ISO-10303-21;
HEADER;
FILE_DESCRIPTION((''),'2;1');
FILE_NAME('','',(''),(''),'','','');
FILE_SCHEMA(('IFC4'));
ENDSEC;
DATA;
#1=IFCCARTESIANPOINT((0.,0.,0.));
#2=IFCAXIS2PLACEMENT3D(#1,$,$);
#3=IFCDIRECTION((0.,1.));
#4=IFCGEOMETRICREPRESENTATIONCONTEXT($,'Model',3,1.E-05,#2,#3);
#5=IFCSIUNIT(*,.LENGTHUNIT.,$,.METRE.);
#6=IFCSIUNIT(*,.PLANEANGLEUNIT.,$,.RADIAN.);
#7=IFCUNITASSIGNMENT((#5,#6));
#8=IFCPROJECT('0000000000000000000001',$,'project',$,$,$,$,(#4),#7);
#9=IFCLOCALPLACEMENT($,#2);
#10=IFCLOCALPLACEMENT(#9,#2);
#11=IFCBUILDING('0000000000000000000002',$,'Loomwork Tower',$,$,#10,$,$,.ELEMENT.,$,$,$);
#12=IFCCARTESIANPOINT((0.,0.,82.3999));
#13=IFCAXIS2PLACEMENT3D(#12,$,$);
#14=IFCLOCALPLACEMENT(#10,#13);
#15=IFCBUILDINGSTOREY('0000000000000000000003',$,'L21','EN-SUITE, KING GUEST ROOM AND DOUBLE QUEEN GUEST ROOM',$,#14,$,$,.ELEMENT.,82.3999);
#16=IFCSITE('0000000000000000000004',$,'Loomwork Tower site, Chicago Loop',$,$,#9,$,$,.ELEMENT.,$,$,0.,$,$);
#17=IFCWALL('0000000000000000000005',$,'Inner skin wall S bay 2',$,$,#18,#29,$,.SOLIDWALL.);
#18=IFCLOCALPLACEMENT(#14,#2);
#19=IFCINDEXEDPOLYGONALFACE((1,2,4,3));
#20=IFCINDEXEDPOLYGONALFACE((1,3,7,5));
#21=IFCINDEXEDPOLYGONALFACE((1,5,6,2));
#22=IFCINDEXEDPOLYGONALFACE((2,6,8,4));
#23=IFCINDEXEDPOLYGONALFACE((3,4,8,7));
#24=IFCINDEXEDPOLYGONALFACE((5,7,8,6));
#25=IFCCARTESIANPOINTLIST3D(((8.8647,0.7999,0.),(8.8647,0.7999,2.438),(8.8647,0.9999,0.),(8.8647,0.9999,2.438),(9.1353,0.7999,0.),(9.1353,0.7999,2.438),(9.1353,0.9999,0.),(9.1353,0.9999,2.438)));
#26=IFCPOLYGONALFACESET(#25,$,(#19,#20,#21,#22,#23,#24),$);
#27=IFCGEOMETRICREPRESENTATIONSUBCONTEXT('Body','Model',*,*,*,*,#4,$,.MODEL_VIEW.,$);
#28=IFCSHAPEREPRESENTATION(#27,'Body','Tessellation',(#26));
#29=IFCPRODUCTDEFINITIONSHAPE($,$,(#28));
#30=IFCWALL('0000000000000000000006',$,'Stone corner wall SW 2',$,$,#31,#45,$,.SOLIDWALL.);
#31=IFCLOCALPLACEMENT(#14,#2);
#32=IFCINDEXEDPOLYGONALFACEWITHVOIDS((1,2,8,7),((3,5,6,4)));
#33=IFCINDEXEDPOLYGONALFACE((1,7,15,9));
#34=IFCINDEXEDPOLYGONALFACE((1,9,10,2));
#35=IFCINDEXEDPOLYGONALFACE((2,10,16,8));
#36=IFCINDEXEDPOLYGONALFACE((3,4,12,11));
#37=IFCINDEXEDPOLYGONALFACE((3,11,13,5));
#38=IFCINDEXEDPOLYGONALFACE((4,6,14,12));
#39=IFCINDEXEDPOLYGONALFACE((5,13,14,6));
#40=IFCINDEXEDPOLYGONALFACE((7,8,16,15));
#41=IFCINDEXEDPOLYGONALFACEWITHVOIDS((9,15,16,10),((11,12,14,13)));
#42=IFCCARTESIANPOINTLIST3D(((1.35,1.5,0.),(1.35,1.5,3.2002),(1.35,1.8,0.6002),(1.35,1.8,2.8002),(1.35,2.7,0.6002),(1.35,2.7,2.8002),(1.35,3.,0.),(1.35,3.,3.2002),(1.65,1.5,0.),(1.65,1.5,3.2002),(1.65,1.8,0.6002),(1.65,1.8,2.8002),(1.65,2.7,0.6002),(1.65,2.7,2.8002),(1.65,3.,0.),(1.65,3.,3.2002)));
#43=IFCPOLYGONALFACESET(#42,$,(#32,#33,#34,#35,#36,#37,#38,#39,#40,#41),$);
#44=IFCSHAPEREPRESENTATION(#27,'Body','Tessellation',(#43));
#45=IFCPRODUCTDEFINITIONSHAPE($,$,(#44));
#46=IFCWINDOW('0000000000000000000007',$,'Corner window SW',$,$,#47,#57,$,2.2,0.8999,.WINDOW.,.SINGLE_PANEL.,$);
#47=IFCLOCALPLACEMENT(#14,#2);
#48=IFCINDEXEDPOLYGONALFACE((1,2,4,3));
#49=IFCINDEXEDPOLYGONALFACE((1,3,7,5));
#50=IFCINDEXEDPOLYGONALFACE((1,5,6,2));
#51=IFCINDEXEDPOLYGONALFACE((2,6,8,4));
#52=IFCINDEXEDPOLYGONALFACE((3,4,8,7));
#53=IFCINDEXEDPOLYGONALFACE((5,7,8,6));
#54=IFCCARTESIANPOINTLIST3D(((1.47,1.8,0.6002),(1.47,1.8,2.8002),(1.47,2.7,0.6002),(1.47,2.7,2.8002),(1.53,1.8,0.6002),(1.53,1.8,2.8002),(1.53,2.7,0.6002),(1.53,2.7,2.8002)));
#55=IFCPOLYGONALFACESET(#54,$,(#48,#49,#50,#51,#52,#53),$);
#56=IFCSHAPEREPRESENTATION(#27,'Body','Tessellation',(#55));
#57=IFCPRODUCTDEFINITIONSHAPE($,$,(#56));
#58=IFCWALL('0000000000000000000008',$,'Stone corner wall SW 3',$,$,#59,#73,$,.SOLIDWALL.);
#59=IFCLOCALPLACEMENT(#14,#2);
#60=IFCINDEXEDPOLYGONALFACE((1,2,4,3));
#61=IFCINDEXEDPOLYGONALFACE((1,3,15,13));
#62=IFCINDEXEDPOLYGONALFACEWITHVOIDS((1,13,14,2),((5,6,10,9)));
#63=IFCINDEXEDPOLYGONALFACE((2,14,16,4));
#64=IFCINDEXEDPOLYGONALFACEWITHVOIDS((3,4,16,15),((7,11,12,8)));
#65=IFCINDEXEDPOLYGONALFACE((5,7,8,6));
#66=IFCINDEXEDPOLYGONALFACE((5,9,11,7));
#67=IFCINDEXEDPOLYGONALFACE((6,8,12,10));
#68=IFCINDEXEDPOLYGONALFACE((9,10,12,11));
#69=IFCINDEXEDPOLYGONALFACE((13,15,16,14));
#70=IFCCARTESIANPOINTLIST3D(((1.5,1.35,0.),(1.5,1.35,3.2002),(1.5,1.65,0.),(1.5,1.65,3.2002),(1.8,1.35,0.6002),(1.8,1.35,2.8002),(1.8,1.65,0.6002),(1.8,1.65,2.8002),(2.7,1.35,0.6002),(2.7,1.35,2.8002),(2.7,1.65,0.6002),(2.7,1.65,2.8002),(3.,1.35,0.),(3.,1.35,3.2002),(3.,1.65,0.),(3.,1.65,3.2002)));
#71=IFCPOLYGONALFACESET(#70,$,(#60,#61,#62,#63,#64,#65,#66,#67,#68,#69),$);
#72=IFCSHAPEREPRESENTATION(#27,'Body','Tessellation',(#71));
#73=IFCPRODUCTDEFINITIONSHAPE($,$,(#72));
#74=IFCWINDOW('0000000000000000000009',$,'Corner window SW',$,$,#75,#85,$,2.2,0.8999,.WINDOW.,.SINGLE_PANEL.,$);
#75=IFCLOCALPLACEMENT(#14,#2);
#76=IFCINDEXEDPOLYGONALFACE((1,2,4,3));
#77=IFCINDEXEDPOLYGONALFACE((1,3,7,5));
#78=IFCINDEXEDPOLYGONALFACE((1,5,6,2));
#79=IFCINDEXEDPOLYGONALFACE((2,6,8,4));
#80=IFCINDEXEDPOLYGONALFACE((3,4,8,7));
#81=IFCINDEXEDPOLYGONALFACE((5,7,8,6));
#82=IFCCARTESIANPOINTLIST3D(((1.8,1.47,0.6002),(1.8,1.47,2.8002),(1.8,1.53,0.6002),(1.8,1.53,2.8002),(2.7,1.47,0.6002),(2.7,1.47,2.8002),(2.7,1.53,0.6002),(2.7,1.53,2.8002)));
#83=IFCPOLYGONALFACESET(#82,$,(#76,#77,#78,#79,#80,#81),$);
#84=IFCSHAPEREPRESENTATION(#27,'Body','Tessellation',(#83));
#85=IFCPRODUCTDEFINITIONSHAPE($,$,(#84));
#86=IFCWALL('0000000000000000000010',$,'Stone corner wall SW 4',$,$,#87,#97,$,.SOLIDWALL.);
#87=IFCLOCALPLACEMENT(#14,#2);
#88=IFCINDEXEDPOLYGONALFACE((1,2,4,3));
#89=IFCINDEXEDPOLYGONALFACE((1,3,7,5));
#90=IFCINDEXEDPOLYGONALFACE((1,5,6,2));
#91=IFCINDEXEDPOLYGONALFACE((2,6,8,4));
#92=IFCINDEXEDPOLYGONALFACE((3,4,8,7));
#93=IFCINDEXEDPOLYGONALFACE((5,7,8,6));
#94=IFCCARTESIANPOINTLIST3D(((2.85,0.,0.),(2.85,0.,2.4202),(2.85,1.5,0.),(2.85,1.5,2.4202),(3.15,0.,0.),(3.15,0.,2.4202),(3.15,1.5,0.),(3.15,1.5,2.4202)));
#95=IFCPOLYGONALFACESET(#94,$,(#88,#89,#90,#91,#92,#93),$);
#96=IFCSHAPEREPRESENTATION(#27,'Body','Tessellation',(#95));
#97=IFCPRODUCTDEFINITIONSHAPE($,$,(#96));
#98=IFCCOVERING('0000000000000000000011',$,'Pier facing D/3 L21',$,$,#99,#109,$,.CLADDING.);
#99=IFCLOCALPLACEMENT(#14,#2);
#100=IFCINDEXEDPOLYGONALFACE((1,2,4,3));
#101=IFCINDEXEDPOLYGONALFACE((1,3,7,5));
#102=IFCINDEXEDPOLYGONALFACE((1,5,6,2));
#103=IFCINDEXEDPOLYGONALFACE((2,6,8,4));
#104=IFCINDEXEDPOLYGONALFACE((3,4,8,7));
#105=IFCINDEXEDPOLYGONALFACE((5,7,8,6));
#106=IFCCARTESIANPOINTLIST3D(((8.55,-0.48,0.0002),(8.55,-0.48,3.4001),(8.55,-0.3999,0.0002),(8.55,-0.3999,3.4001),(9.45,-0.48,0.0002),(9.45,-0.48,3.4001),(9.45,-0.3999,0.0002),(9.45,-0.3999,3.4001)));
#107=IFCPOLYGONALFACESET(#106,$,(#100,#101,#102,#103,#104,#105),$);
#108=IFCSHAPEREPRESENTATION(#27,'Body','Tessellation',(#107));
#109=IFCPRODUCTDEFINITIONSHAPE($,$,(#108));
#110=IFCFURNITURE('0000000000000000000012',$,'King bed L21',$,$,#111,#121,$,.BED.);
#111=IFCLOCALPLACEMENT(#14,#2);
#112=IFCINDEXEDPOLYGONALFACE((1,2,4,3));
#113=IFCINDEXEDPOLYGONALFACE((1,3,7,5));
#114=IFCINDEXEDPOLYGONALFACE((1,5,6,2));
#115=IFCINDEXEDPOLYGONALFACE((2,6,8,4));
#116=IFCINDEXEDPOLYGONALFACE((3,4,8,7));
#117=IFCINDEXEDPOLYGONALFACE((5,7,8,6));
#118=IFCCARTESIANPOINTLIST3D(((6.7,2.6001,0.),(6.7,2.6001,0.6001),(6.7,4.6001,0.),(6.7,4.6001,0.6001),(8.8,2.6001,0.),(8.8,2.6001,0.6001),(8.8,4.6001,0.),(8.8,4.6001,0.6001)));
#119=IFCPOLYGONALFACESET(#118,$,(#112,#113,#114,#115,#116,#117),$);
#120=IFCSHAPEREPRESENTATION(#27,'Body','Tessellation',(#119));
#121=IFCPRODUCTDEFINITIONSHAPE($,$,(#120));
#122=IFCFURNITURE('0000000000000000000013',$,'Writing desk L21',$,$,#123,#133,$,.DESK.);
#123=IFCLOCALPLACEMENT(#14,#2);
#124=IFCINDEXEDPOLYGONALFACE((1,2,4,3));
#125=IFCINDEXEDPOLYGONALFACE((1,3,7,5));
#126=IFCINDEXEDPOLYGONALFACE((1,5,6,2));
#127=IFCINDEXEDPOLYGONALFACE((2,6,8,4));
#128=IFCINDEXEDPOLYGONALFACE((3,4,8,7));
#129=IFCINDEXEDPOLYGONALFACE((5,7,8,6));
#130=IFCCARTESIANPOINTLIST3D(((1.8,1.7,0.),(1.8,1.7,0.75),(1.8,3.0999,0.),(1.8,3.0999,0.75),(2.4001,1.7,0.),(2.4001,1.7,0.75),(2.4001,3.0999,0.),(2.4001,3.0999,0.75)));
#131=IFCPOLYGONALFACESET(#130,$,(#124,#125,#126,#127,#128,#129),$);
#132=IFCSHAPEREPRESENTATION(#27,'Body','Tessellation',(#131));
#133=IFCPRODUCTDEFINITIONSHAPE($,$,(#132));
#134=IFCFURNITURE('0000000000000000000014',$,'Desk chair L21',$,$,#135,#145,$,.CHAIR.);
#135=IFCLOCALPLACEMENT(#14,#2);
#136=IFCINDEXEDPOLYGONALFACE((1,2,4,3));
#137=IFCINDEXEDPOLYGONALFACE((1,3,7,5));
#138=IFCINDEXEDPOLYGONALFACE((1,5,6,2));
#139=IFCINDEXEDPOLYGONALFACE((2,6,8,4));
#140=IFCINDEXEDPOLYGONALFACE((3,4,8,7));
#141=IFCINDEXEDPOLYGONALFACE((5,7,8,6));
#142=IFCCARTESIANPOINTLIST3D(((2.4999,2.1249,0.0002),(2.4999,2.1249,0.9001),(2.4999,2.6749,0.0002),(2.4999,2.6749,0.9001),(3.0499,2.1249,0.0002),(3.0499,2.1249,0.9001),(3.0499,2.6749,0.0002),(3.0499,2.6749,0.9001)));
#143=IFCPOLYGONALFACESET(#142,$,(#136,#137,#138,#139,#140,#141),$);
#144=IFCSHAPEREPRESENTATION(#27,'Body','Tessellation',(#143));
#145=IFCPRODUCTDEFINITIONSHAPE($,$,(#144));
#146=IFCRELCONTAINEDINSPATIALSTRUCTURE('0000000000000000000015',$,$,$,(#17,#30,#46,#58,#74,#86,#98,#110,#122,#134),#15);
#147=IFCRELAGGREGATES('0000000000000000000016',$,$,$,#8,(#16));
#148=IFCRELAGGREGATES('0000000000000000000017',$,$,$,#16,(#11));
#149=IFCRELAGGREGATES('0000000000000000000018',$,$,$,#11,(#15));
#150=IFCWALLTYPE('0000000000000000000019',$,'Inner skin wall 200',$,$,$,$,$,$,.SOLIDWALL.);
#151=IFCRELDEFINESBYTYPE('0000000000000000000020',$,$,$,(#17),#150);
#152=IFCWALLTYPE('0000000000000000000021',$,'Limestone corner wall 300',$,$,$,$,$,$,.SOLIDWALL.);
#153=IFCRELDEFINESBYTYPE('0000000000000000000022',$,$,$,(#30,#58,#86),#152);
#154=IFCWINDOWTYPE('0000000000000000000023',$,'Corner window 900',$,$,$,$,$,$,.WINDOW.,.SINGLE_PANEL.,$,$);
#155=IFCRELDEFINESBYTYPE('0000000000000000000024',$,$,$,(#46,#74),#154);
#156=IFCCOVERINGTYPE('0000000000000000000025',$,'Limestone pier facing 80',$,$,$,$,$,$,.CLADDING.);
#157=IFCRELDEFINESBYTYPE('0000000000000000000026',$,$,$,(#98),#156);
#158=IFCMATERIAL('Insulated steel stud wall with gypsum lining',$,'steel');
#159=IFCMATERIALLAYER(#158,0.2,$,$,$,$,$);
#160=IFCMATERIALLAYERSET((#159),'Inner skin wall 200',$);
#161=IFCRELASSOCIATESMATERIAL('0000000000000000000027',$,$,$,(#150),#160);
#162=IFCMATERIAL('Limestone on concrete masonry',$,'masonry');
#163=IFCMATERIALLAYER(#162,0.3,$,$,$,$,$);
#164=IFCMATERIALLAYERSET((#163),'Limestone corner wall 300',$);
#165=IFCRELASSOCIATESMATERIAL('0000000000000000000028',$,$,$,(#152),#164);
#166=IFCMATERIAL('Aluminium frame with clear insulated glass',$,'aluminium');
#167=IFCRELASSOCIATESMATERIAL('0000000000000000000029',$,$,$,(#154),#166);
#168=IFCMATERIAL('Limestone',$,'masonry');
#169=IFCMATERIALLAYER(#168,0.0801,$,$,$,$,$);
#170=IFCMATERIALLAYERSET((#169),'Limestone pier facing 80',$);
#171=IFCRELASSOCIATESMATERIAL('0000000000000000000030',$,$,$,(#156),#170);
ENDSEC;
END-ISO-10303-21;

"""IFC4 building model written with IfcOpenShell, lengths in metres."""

from ifc_helpers import new_model, si_unit, direction, frame, frame_2d, origin, origin_2d, place, context, subcontext, project, spatial, rectangle, extrude, material, layer, layer_set, type_object, element, fill, save


model = new_model("IFC4")

# Units and contexts
model_context = context("Model", 3, precision=1e-05, world=origin(), true_north=direction((0.0, 1.0)))
body_context = subcontext(model_context, "Body", "Model", "MODEL_VIEW")
ifc_project = project(units=[si_unit("LENGTHUNIT", "METRE"), si_unit("PLANEANGLEUNIT", "RADIAN")], contexts=[model_context])

# Site, building, storey
site_placement = place(None, origin())
site = spatial("IfcSite", under=ifc_project, at=site_placement, Name="Loomwork Tower site, Chicago Loop", CompositionType="ELEMENT", RefElevation=0.0)
building_placement = place(site_placement, origin())
building = spatial("IfcBuilding", under=site, at=building_placement, Name="Loomwork Tower", CompositionType="ELEMENT")
storey_placement = place(building_placement, frame((0.0, 0.0, 82.3999)))
storey = spatial("IfcBuildingStorey", under=building, at=storey_placement, Name="L21", Description="EN-SUITE, KING GUEST ROOM AND DOUBLE QUEEN GUEST ROOM", CompositionType="ELEMENT", Elevation=82.3999)

# Shared definitions
ifc_material_1 = material(Name="Insulated steel stud wall with gypsum lining", Category="steel")
ifc_layer_1 = layer(ifc_material_1, 0.2)
ifc_layer_set_1 = layer_set([ifc_layer_1], Name="Inner skin wall 200")
wall_type_1 = type_object("IfcWallType", Name="Inner skin wall 200", PredefinedType="SOLIDWALL", material=ifc_layer_set_1)

# Wall
wall_1_placement = place(storey_placement, frame((8.8647, 0.8999, 0.0), z_axis=(0.0, 0.0, 1.0), x_axis=(1.0, 0.0, 0.0)))
element("IfcWall", 1, at=wall_1_placement, inside=storey, type_object=wall_type_1, Name="Inner skin wall S bay 2", PredefinedType="SOLIDWALL", context=body_context, shape_type="SweptSolid", body=[
    extrude(rectangle(XDim=0.2705, YDim=0.2, at=frame_2d((0.1353, 0.0))), origin(), (0.0, 0.0, 1.0), 2.438),
])

# Walls, openings, windows
ifc_material_2 = material(Name="Limestone on concrete masonry", Category="masonry")
ifc_layer_2 = layer(ifc_material_2, 0.3)
ifc_layer_set_2 = layer_set([ifc_layer_2], Name="Limestone corner wall 300")
wall_type_2 = type_object("IfcWallType", Name="Limestone corner wall 300", PredefinedType="SOLIDWALL", material=ifc_layer_set_2)
wall_2_placement = place(storey_placement, frame((1.5, 3.0, 0.0), z_axis=(0.0, 0.0, 1.0), x_axis=(0.0, -1.0, 0.0)))
wall_2 = element("IfcWall", 2, at=wall_2_placement, inside=storey, type_object=wall_type_2, Name="Stone corner wall SW 2", PredefinedType="SOLIDWALL", context=body_context, shape_type="SweptSolid", body=[
    extrude(rectangle(XDim=1.5, YDim=0.3, at=frame_2d((0.75, 0.0))), origin(), (0.0, 0.0, 1.0), 3.2002),
])
opening_1_placement = place(wall_2_placement, frame((0.3, 0.0, 0.6001)))
opening_1 = element("IfcOpeningElement", 3, at=opening_1_placement, cuts=wall_2, PredefinedType="OPENING", context=body_context, shape_type="SweptSolid", body=[
    extrude(rectangle(XDim=0.8999, YDim=2.2, at=frame_2d((0.45, 1.1001))), frame((0.0, 0.1599, 0.0), z_axis=(0.0, -1.0, 0.0), x_axis=(1.0, 0.0, 0.0)), (0.0, 0.0, 1.0), 0.3201),
])
ifc_material_3 = material(Name="Aluminium frame with clear insulated glass", Category="aluminium")
window_type_1 = type_object("IfcWindowType", Name="Corner window 900", PartitioningType="SINGLE_PANEL", PredefinedType="WINDOW", material=ifc_material_3)
window_1_placement = place(opening_1_placement, origin())
window_1 = element("IfcWindow", 4, at=window_1_placement, inside=storey, type_object=window_type_1, Name="Corner window SW", OverallHeight=2.2, OverallWidth=0.8999, PartitioningType="SINGLE_PANEL", PredefinedType="WINDOW", context=body_context, shape_type="SweptSolid", body=[
    extrude(rectangle(XDim=0.8999, YDim=2.2, at=frame_2d((0.45, 1.1001))), frame((0.0, 0.03, 0.0), z_axis=(0.0, -1.0, 0.0), x_axis=(1.0, 0.0, 0.0)), (0.0, 0.0, 1.0), 0.0601),
])
fill(opening_1, window_1)
wall_3_placement = place(storey_placement, frame((1.5, 1.5, 0.0), z_axis=(0.0, 0.0, 1.0), x_axis=(1.0, 0.0, 0.0)))
wall_3 = element("IfcWall", 5, at=wall_3_placement, inside=storey, type_object=wall_type_2, Name="Stone corner wall SW 3", PredefinedType="SOLIDWALL", context=body_context, shape_type="SweptSolid", body=[
    extrude(rectangle(XDim=1.5, YDim=0.3, at=frame_2d((0.75, 0.0))), origin(), (0.0, 0.0, 1.0), 3.2002),
])
opening_2_placement = place(wall_3_placement, frame((0.3, 0.0, 0.6001)))
opening_2 = element("IfcOpeningElement", 6, at=opening_2_placement, cuts=wall_3, PredefinedType="OPENING", context=body_context, shape_type="SweptSolid", body=[
    extrude(rectangle(XDim=0.8999, YDim=2.2, at=frame_2d((0.45, 1.1001))), frame((0.0, 0.1599, 0.0), z_axis=(0.0, -1.0, 0.0), x_axis=(1.0, 0.0, 0.0)), (0.0, 0.0, 1.0), 0.3201),
])
window_2_placement = place(opening_2_placement, origin())
window_2 = element("IfcWindow", 7, at=window_2_placement, inside=storey, type_object=window_type_1, Name="Corner window SW", OverallHeight=2.2, OverallWidth=0.8999, PartitioningType="SINGLE_PANEL", PredefinedType="WINDOW", context=body_context, shape_type="SweptSolid", body=[
    extrude(rectangle(XDim=0.8999, YDim=2.2, at=frame_2d((0.45, 1.1001))), frame((0.0, 0.03, 0.0), z_axis=(0.0, -1.0, 0.0), x_axis=(1.0, 0.0, 0.0)), (0.0, 0.0, 1.0), 0.0601),
])
fill(opening_2, window_2)

# Wall
wall_4_placement = place(storey_placement, frame((3.0, 1.5, 0.0), z_axis=(0.0, 0.0, 1.0), x_axis=(0.0, -1.0, 0.0)))
element("IfcWall", 8, at=wall_4_placement, inside=storey, type_object=wall_type_2, Name="Stone corner wall SW 4", PredefinedType="SOLIDWALL", context=body_context, shape_type="SweptSolid", body=[
    extrude(rectangle(XDim=1.5, YDim=0.3, at=frame_2d((0.75, 0.0))), origin(), (0.0, 0.0, 1.0), 2.4202),
])

# Covering
ifc_material_4 = material(Name="Limestone", Category="masonry")
ifc_layer_3 = layer(ifc_material_4, 0.0801)
ifc_layer_set_3 = layer_set([ifc_layer_3], Name="Limestone pier facing 80")
covering_type = type_object("IfcCoveringType", Name="Limestone pier facing 80", PredefinedType="CLADDING", material=ifc_layer_set_3)
covering_placement = place(storey_placement, frame((9.0, -0.4399, 0.0002), z_axis=(0.0, 0.0, 1.0), x_axis=(1.0, 0.0, 0.0)))
element("IfcCovering", 9, at=covering_placement, inside=storey, type_object=covering_type, Name="Pier facing D/3 L21", PredefinedType="CLADDING", context=body_context, shape_type="SweptSolid", body=[
    extrude(rectangle(XDim=0.8999, YDim=0.0801, at=origin_2d()), origin(), (0.0, 0.0, 1.0), 3.3999),
])

# Furniture
furniture_1_placement = place(storey_placement, frame((7.75, 3.6001, 0.0), z_axis=(0.0, 0.0, 1.0), x_axis=(1.0, 0.0, 0.0)))
element("IfcFurniture", 10, at=furniture_1_placement, inside=storey, Name="King bed L21", PredefinedType="BED", context=body_context, shape_type="SweptSolid", body=[
    extrude(rectangle(XDim=2.1001, YDim=2.0, at=origin_2d()), origin(), (0.0, 0.0, 1.0), 0.6001),
])
furniture_2_placement = place(storey_placement, frame((2.1001, 2.3999, 0.0), z_axis=(0.0, 0.0, 1.0), x_axis=(1.0, 0.0, 0.0)))
element("IfcFurniture", 11, at=furniture_2_placement, inside=storey, Name="Writing desk L21", PredefinedType="DESK", context=body_context, shape_type="SweptSolid", body=[
    extrude(rectangle(XDim=0.6001, YDim=1.3999, at=origin_2d()), origin(), (0.0, 0.0, 1.0), 0.75),
])
furniture_3_placement = place(storey_placement, frame((2.7749, 2.3999, 0.0002), z_axis=(0.0, 0.0, 1.0), x_axis=(1.0, 0.0, 0.0)))
element("IfcFurniture", 12, at=furniture_3_placement, inside=storey, Name="Desk chair L21", PredefinedType="CHAIR", context=body_context, shape_type="SweptSolid", body=[
    extrude(rectangle(XDim=0.55, YDim=0.55, at=origin_2d()), origin(), (0.0, 0.0, 1.0), 0.8999),
])

save(model, "model.ifc")
